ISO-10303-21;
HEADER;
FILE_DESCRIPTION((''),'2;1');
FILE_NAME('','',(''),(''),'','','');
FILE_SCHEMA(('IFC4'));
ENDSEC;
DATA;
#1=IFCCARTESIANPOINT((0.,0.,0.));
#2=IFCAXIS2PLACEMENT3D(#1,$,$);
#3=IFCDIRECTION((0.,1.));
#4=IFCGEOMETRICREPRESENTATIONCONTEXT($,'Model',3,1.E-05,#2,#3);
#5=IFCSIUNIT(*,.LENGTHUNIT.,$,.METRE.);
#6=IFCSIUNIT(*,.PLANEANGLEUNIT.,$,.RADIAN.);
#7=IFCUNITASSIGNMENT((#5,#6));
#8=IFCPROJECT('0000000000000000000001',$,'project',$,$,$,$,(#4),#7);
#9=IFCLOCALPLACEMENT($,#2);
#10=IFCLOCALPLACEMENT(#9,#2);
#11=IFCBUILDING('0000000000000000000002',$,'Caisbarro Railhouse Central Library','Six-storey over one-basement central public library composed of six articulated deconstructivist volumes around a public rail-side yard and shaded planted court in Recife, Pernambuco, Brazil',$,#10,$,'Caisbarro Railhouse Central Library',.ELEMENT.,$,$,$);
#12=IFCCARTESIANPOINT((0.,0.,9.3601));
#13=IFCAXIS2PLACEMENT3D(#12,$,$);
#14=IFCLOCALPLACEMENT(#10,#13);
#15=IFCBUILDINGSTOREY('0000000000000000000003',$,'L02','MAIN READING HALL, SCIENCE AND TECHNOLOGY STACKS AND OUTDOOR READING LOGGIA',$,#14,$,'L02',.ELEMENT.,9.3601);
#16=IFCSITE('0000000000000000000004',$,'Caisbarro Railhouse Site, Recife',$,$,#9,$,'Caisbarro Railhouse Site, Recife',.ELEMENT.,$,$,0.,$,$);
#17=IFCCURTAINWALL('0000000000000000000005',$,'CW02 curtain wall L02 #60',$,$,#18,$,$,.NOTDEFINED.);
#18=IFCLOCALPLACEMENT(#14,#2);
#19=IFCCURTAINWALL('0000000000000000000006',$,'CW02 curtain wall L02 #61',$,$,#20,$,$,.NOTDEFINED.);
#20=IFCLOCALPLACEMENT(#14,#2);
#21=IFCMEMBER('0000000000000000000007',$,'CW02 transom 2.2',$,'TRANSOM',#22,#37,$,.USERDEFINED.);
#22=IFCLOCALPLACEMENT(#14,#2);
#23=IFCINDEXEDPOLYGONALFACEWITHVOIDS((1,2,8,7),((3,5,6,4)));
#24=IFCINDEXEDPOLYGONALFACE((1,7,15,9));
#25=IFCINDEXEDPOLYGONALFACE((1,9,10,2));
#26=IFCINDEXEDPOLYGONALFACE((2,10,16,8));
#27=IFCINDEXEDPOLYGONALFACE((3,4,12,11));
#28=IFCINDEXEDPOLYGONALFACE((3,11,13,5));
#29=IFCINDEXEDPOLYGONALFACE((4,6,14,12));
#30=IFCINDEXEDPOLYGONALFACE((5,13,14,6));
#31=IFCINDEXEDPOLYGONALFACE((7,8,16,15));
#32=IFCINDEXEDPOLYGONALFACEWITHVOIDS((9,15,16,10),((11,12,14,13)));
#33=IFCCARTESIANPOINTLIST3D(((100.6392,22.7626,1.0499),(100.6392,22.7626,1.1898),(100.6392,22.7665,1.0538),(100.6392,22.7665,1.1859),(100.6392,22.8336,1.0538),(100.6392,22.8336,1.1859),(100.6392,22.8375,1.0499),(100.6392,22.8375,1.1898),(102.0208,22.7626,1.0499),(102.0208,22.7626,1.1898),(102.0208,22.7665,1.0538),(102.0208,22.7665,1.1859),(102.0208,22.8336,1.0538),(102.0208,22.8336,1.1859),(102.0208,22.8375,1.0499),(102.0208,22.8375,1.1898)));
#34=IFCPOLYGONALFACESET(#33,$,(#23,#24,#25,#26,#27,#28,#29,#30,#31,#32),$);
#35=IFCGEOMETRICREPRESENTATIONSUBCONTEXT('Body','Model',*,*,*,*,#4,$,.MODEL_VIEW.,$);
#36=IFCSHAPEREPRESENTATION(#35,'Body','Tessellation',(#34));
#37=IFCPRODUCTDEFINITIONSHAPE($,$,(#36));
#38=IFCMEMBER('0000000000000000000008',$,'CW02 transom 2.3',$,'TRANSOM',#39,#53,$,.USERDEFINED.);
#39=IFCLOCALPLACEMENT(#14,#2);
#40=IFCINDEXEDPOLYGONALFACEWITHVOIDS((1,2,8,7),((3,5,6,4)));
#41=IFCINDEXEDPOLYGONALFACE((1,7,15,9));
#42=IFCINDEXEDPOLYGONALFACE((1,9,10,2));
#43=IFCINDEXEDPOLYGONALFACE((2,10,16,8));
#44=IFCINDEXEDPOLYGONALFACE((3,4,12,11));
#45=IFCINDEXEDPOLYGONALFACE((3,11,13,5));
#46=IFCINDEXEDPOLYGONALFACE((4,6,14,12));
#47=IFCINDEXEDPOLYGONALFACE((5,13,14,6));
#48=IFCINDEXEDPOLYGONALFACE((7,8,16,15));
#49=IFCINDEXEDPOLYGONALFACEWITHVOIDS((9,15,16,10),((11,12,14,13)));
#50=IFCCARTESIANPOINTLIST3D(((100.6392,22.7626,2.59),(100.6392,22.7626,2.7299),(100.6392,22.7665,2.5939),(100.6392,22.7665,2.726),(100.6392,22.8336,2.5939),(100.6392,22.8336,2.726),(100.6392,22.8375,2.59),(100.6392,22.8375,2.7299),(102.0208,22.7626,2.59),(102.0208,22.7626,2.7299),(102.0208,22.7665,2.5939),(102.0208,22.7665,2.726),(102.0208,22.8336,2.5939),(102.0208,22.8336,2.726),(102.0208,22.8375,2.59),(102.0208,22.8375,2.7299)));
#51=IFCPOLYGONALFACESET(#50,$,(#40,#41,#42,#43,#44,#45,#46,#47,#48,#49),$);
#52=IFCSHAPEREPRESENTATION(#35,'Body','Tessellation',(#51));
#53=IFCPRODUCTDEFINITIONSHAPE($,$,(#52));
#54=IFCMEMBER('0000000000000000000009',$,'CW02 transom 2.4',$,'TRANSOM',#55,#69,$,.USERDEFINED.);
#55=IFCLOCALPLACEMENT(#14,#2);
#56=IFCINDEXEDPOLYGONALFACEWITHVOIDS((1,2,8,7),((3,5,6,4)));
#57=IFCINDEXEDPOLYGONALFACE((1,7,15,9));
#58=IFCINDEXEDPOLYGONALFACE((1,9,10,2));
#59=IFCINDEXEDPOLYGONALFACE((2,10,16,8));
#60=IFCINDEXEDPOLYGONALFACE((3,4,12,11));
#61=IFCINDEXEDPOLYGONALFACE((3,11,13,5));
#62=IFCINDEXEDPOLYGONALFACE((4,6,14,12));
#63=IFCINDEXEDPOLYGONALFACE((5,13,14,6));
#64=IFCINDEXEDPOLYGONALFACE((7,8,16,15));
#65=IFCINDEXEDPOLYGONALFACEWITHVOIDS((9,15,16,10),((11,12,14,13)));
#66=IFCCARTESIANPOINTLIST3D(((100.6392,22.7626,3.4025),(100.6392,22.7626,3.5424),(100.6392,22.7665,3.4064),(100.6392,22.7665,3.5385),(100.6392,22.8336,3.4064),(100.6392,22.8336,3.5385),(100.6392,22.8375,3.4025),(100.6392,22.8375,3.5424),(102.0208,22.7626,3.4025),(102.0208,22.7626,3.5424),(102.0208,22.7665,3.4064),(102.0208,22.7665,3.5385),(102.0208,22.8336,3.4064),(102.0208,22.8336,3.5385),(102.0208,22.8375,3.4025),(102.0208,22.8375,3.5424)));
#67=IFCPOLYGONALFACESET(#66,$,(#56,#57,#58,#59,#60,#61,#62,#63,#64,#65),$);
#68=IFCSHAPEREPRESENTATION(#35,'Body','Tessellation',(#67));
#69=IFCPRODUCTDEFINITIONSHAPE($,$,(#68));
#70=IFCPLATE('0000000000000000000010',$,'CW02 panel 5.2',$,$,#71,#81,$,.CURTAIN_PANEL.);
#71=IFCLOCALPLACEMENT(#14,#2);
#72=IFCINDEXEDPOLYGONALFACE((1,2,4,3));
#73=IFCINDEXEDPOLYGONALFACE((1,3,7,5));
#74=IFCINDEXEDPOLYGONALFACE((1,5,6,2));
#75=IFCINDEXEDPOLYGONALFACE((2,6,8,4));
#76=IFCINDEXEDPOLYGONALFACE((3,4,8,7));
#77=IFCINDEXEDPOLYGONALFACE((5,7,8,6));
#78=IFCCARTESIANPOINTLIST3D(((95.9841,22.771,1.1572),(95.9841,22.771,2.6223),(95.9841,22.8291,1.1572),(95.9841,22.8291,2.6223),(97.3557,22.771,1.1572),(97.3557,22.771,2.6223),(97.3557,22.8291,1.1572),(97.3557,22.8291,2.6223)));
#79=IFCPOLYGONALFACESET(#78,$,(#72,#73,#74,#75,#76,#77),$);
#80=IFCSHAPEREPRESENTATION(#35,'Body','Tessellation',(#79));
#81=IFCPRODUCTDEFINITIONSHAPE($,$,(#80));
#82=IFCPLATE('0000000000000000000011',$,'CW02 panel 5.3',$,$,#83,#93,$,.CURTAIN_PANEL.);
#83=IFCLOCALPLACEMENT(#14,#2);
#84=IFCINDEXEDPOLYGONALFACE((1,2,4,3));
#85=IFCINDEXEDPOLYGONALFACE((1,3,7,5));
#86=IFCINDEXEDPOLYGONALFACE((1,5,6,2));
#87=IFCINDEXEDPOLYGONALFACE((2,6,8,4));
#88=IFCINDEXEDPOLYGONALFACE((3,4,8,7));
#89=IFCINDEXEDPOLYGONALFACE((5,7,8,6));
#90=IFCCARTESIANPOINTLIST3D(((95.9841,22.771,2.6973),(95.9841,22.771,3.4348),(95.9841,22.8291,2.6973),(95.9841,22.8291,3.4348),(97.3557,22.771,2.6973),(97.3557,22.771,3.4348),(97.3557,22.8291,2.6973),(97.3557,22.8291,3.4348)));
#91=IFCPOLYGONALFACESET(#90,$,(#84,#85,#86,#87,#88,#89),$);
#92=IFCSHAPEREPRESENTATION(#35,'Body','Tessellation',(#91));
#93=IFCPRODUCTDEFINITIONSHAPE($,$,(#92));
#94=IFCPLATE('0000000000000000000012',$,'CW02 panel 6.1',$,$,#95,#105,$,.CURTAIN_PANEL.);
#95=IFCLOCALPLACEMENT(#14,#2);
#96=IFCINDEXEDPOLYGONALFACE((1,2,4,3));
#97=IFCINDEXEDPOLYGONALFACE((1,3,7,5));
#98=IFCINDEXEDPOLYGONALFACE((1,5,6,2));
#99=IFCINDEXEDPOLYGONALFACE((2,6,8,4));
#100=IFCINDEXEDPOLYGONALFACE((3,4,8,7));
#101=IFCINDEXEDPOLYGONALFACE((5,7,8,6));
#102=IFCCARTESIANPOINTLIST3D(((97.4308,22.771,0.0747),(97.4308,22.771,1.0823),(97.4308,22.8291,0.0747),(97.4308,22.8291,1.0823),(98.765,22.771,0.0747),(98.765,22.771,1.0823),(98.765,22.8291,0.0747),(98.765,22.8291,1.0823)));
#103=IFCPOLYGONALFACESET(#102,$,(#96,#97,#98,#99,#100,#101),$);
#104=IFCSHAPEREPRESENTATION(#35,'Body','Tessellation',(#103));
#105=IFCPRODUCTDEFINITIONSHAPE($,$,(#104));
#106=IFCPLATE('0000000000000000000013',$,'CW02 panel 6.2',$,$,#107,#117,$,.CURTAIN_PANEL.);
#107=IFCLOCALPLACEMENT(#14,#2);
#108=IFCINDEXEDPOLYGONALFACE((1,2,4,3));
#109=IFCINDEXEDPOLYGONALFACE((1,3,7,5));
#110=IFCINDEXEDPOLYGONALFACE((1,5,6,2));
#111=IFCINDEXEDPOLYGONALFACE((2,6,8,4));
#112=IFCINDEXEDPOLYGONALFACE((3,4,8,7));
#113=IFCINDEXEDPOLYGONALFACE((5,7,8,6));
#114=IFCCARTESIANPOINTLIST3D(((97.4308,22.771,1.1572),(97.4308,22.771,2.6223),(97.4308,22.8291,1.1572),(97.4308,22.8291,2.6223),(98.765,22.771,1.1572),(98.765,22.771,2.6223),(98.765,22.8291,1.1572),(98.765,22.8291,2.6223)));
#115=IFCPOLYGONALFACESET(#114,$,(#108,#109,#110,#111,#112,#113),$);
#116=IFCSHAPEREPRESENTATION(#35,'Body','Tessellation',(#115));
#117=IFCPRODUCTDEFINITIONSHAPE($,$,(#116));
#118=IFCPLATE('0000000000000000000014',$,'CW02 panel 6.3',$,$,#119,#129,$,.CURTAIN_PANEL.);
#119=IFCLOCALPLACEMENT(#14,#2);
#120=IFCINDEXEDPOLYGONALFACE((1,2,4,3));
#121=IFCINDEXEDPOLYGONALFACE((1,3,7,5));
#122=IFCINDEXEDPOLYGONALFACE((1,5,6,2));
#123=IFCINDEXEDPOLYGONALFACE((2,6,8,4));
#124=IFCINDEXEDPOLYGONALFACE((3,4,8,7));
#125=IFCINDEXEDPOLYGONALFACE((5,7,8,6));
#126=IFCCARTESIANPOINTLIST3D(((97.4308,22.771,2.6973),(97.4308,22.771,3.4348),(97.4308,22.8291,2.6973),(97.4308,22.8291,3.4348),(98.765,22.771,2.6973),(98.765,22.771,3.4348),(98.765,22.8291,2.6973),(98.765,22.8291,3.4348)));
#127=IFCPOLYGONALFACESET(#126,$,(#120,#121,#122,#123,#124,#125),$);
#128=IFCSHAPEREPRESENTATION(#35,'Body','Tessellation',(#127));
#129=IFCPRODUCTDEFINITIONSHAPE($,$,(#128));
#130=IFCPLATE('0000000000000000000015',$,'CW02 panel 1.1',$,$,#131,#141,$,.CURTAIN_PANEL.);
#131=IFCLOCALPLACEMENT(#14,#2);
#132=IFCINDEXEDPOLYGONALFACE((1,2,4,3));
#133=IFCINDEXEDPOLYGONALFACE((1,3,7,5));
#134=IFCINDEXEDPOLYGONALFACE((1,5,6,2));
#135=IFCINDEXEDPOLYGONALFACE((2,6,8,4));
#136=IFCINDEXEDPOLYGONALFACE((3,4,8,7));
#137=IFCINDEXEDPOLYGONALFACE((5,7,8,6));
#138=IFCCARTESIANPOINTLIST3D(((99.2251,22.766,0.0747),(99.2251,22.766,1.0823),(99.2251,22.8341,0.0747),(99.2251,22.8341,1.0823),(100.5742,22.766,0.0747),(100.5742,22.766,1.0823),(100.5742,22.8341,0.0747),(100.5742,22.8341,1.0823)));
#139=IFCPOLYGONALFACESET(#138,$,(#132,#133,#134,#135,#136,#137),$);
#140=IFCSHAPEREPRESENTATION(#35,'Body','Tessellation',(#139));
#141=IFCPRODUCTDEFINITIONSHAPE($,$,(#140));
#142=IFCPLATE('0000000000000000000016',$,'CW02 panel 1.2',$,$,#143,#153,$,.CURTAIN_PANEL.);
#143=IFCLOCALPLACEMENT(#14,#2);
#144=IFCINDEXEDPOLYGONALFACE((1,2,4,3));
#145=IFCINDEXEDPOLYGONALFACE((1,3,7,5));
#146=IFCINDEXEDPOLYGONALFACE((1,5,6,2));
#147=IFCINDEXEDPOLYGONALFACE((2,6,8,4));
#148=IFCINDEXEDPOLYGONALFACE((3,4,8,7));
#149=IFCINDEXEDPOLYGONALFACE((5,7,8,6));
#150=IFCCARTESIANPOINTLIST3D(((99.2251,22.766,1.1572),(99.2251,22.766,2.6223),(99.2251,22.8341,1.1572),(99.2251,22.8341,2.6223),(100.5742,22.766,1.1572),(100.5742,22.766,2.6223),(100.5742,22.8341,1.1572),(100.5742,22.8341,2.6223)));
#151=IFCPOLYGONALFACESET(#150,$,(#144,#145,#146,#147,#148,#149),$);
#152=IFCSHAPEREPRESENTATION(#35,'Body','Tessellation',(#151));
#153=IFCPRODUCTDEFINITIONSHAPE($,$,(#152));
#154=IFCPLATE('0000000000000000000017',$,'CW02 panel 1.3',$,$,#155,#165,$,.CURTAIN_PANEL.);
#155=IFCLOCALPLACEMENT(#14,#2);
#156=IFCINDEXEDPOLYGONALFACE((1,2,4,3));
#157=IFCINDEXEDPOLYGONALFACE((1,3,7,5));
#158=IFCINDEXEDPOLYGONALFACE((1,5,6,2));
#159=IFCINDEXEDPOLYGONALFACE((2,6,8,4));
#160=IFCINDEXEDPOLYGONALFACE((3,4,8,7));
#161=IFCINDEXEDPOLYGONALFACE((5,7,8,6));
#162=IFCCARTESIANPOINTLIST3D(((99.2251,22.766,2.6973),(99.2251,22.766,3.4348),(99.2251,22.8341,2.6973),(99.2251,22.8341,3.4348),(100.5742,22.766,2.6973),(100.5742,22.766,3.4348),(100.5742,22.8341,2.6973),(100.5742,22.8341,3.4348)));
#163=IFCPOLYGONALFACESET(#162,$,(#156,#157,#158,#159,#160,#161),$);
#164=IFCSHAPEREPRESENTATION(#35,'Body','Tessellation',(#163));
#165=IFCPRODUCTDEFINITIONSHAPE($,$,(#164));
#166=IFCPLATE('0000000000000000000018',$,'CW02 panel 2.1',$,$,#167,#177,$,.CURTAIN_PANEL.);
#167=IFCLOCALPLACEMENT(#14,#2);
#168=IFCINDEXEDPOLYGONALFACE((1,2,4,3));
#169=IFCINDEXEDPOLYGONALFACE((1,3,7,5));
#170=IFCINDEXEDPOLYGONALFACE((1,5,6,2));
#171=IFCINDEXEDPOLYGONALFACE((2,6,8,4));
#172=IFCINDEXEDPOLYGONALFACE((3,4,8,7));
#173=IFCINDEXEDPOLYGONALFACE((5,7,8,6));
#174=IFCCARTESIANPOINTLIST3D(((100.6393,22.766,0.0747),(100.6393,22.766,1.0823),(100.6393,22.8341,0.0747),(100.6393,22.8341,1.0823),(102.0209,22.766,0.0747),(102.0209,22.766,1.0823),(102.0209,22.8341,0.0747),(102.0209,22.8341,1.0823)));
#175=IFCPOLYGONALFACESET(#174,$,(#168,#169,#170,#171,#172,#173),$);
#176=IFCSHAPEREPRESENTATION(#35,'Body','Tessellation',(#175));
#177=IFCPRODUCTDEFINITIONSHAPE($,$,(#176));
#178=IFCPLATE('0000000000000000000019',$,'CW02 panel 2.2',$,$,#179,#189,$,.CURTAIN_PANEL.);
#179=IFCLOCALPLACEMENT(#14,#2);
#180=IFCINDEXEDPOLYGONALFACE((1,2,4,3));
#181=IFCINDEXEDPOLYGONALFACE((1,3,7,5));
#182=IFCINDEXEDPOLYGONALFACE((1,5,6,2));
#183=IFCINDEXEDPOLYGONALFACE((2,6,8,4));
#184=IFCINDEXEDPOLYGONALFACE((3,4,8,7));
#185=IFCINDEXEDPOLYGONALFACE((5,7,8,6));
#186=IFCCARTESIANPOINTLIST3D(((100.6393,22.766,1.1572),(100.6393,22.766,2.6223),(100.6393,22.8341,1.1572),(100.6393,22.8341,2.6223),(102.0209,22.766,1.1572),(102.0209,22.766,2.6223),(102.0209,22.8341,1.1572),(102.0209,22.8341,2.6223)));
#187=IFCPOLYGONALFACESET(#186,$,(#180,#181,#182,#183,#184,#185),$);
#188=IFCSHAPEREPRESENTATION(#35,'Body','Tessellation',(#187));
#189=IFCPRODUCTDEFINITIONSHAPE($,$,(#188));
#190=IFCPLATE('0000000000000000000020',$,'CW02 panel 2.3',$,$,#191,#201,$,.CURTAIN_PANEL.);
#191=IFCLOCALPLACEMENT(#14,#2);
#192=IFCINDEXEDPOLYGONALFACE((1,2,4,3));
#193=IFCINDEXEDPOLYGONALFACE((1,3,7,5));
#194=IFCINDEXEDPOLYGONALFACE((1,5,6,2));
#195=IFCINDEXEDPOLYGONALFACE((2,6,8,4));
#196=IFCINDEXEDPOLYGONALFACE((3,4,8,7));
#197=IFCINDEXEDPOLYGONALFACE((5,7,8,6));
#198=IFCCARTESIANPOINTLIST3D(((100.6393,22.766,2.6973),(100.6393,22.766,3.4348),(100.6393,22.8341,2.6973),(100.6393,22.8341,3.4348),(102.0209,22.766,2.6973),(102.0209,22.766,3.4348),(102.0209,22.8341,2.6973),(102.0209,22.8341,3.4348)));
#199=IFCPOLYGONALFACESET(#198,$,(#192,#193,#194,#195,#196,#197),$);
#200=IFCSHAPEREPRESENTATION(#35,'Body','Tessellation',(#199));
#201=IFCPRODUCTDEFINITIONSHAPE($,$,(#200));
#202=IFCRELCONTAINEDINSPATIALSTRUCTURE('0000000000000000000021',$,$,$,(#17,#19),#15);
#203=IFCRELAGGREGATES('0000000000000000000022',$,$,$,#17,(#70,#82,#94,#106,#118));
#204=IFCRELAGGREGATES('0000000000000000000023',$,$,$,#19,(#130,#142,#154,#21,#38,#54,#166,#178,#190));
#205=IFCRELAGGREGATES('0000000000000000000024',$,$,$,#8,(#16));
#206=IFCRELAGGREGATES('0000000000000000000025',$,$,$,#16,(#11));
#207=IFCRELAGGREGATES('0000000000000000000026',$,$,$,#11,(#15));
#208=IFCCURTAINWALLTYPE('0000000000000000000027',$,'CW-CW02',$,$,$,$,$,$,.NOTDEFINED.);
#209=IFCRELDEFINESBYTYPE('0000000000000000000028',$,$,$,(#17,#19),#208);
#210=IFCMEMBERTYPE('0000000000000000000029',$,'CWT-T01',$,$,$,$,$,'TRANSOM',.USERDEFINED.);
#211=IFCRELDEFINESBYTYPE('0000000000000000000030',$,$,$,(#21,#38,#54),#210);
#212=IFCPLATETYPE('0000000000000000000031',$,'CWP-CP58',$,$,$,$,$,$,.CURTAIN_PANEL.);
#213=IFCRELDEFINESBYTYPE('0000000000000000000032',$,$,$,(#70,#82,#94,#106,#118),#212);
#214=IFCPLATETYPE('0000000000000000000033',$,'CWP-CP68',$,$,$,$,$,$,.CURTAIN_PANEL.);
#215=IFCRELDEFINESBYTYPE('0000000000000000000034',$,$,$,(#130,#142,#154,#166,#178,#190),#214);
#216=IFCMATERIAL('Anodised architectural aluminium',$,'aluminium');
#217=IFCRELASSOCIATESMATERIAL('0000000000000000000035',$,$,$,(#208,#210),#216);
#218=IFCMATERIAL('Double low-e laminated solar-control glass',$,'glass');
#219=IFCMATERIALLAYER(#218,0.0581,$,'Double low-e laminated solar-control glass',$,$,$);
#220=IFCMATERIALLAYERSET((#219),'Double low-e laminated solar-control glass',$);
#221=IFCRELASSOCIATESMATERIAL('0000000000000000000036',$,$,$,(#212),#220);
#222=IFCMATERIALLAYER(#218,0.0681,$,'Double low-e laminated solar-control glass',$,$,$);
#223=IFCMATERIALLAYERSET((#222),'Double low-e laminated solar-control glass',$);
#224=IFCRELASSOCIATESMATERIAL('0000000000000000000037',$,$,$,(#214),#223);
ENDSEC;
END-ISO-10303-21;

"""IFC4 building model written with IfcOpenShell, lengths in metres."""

from ifc_helpers import new_model, si_unit, direction, frame, origin, origin_2d, place, context, subcontext, project, spatial, rectangle, hollow_rectangle, extrude, material, layer, layer_set, material_profile, profile_set, type_object, element, aggregate, save


model = new_model("IFC4")

# Units and contexts
model_context = context("Model", 3, precision=1e-05, world=origin(), true_north=direction((0.0, 1.0)))
body_context = subcontext(model_context, "Body", "Model", "MODEL_VIEW")
ifc_project = project(units=[si_unit("LENGTHUNIT", "METRE"), si_unit("PLANEANGLEUNIT", "RADIAN")], contexts=[model_context])

# Site, building, storey
site_placement = place(None, origin())
site = spatial("IfcSite", under=ifc_project, at=site_placement, Name="Caisbarro Railhouse Site, Recife", LongName="Caisbarro Railhouse Site, Recife", CompositionType="ELEMENT", RefElevation=0.0)
building_placement = place(site_placement, origin())
building = spatial("IfcBuilding", under=site, at=building_placement, Name="Caisbarro Railhouse Central Library", Description="Six-storey over one-basement central public library composed of six articulated deconstructivist volumes around a public rail-side yard and shaded planted court in Recife, Pernambuco, Brazil", LongName="Caisbarro Railhouse Central Library", CompositionType="ELEMENT")
storey_placement = place(building_placement, frame((0.0, 0.0, 9.3601)))
storey = spatial("IfcBuildingStorey", under=building, at=storey_placement, Name="L02", Description="MAIN READING HALL, SCIENCE AND TECHNOLOGY STACKS AND OUTDOOR READING LOGGIA", LongName="L02", CompositionType="ELEMENT", Elevation=9.3601)

# Curtain walls
ifc_material_1 = material(Name="Anodised architectural aluminium", Category="aluminium")
curtain_wall_type = type_object("IfcCurtainWallType", Name="CW-CW02", PredefinedType="NOTDEFINED", material=ifc_material_1)
curtain_wall_1_placement = place(storey_placement, origin())
curtain_wall_1 = element("IfcCurtainWall", 1, at=curtain_wall_1_placement, inside=storey, type_object=curtain_wall_type, Name="CW02 curtain wall L02 #60", PredefinedType="NOTDEFINED")
curtain_wall_2_placement = place(storey_placement, origin())
curtain_wall_2 = element("IfcCurtainWall", 2, at=curtain_wall_2_placement, inside=storey, type_object=curtain_wall_type, Name="CW02 curtain wall L02 #61", PredefinedType="NOTDEFINED")

# Members
ifc_material_profile_1 = material_profile(ifc_material_1, hollow_rectangle(XDim=0.075, YDim=0.1399, WallThickness=0.0039, at=origin_2d()), Name="ALU-TRN-75X140")
ifc_profile_set_1 = profile_set([ifc_material_profile_1], Name="Anodised architectural aluminium")
member_type_1 = type_object("IfcMemberType", Name="CWT-T01", ElementType="TRANSOM", PredefinedType="USERDEFINED", material=ifc_profile_set_1)
member_1_placement = place(storey_placement, frame((100.6392, 22.8, 1.1199), z_axis=(1.0, 0.0, 0.0), x_axis=(0.0, 1.0, 0.0)))
member_1 = element("IfcMember", 3, at=member_1_placement, type_object=member_type_1, Name="CW02 transom 2.2", ObjectType="TRANSOM", PredefinedType="USERDEFINED", context=body_context, shape_type="SweptSolid", body=[
    extrude(hollow_rectangle(XDim=0.075, YDim=0.1399, WallThickness=0.0039, at=origin_2d()), origin(), (0.0, 0.0, 1.0), 1.3816),
])
member_2_placement = place(storey_placement, frame((100.6392, 22.8, 2.6599), z_axis=(1.0, 0.0, 0.0), x_axis=(0.0, 1.0, 0.0)))
member_2 = element("IfcMember", 4, at=member_2_placement, type_object=member_type_1, Name="CW02 transom 2.3", ObjectType="TRANSOM", PredefinedType="USERDEFINED", context=body_context, shape_type="SweptSolid", body=[
    extrude(hollow_rectangle(XDim=0.075, YDim=0.1399, WallThickness=0.0039, at=origin_2d()), origin(), (0.0, 0.0, 1.0), 1.3816),
])
member_3_placement = place(storey_placement, frame((100.6392, 22.8, 3.4724), z_axis=(1.0, 0.0, 0.0), x_axis=(0.0, 1.0, 0.0)))
member_3 = element("IfcMember", 5, at=member_3_placement, type_object=member_type_1, Name="CW02 transom 2.4", ObjectType="TRANSOM", PredefinedType="USERDEFINED", context=body_context, shape_type="SweptSolid", body=[
    extrude(hollow_rectangle(XDim=0.075, YDim=0.1399, WallThickness=0.0039, at=origin_2d()), origin(), (0.0, 0.0, 1.0), 1.3816),
])

# Plates
ifc_material_2 = material(Name="Double low-e laminated solar-control glass", Category="glass")
ifc_layer_1 = layer(ifc_material_2, 0.0581, Name="Double low-e laminated solar-control glass")
ifc_layer_set_1 = layer_set([ifc_layer_1], Name="Double low-e laminated solar-control glass")
plate_type_1 = type_object("IfcPlateType", Name="CWP-CP58", PredefinedType="CURTAIN_PANEL", material=ifc_layer_set_1)
plate_1_placement = place(storey_placement, frame((96.6699, 22.8, 1.1572), z_axis=(0.0, 0.0, 1.0), x_axis=(1.0, 0.0, 0.0)))
plate_1 = element("IfcPlate", 6, at=plate_1_placement, type_object=plate_type_1, Name="CW02 panel 5.2", PredefinedType="CURTAIN_PANEL", context=body_context, shape_type="SweptSolid", body=[
    extrude(rectangle(XDim=1.3716, YDim=0.0581, at=origin_2d()), origin(), (0.0, 0.0, 1.0), 1.4651),
])
plate_2_placement = place(storey_placement, frame((96.6699, 22.8, 2.6973), z_axis=(0.0, 0.0, 1.0), x_axis=(1.0, 0.0, 0.0)))
plate_2 = element("IfcPlate", 7, at=plate_2_placement, type_object=plate_type_1, Name="CW02 panel 5.3", PredefinedType="CURTAIN_PANEL", context=body_context, shape_type="SweptSolid", body=[
    extrude(rectangle(XDim=1.3716, YDim=0.0581, at=origin_2d()), origin(), (0.0, 0.0, 1.0), 0.7375),
])
plate_3_placement = place(storey_placement, frame((98.0979, 22.8, 0.0747), z_axis=(0.0, 0.0, 1.0), x_axis=(1.0, 0.0, 0.0)))
plate_3 = element("IfcPlate", 8, at=plate_3_placement, type_object=plate_type_1, Name="CW02 panel 6.1", PredefinedType="CURTAIN_PANEL", context=body_context, shape_type="SweptSolid", body=[
    extrude(rectangle(XDim=1.3342, YDim=0.0581, at=origin_2d()), origin(), (0.0, 0.0, 1.0), 1.0076),
])
plate_4_placement = place(storey_placement, frame((98.0979, 22.8, 1.1572), z_axis=(0.0, 0.0, 1.0), x_axis=(1.0, 0.0, 0.0)))
plate_4 = element("IfcPlate", 9, at=plate_4_placement, type_object=plate_type_1, Name="CW02 panel 6.2", PredefinedType="CURTAIN_PANEL", context=body_context, shape_type="SweptSolid", body=[
    extrude(rectangle(XDim=1.3342, YDim=0.0581, at=origin_2d()), origin(), (0.0, 0.0, 1.0), 1.4651),
])
plate_5_placement = place(storey_placement, frame((98.0979, 22.8, 2.6973), z_axis=(0.0, 0.0, 1.0), x_axis=(1.0, 0.0, 0.0)))
plate_5 = element("IfcPlate", 10, at=plate_5_placement, type_object=plate_type_1, Name="CW02 panel 6.3", PredefinedType="CURTAIN_PANEL", context=body_context, shape_type="SweptSolid", body=[
    extrude(rectangle(XDim=1.3342, YDim=0.0581, at=origin_2d()), origin(), (0.0, 0.0, 1.0), 0.7375),
])
aggregate(curtain_wall_1, [plate_1, plate_2, plate_3, plate_4, plate_5])
ifc_layer_2 = layer(ifc_material_2, 0.0681, Name="Double low-e laminated solar-control glass")
ifc_layer_set_2 = layer_set([ifc_layer_2], Name="Double low-e laminated solar-control glass")
plate_type_2 = type_object("IfcPlateType", Name="CWP-CP68", PredefinedType="CURTAIN_PANEL", material=ifc_layer_set_2)
plate_6_placement = place(storey_placement, frame((99.8997, 22.8, 0.0747), z_axis=(0.0, 0.0, 1.0), x_axis=(1.0, 0.0, 0.0)))
plate_6 = element("IfcPlate", 11, at=plate_6_placement, type_object=plate_type_2, Name="CW02 panel 1.1", PredefinedType="CURTAIN_PANEL", context=body_context, shape_type="SweptSolid", body=[
    extrude(rectangle(XDim=1.3491, YDim=0.0681, at=origin_2d()), origin(), (0.0, 0.0, 1.0), 1.0076),
])
plate_7_placement = place(storey_placement, frame((99.8997, 22.8, 1.1572), z_axis=(0.0, 0.0, 1.0), x_axis=(1.0, 0.0, 0.0)))
plate_7 = element("IfcPlate", 12, at=plate_7_placement, type_object=plate_type_2, Name="CW02 panel 1.2", PredefinedType="CURTAIN_PANEL", context=body_context, shape_type="SweptSolid", body=[
    extrude(rectangle(XDim=1.3491, YDim=0.0681, at=origin_2d()), origin(), (0.0, 0.0, 1.0), 1.4651),
])
plate_8_placement = place(storey_placement, frame((99.8997, 22.8, 2.6973), z_axis=(0.0, 0.0, 1.0), x_axis=(1.0, 0.0, 0.0)))
plate_8 = element("IfcPlate", 13, at=plate_8_placement, type_object=plate_type_2, Name="CW02 panel 1.3", PredefinedType="CURTAIN_PANEL", context=body_context, shape_type="SweptSolid", body=[
    extrude(rectangle(XDim=1.3491, YDim=0.0681, at=origin_2d()), origin(), (0.0, 0.0, 1.0), 0.7375),
])
plate_9_placement = place(storey_placement, frame((101.3301, 22.8, 0.0747), z_axis=(0.0, 0.0, 1.0), x_axis=(1.0, 0.0, 0.0)))
plate_9 = element("IfcPlate", 14, at=plate_9_placement, type_object=plate_type_2, Name="CW02 panel 2.1", PredefinedType="CURTAIN_PANEL", context=body_context, shape_type="SweptSolid", body=[
    extrude(rectangle(XDim=1.3816, YDim=0.0681, at=origin_2d()), origin(), (0.0, 0.0, 1.0), 1.0076),
])
plate_10_placement = place(storey_placement, frame((101.3301, 22.8, 1.1572), z_axis=(0.0, 0.0, 1.0), x_axis=(1.0, 0.0, 0.0)))
plate_10 = element("IfcPlate", 15, at=plate_10_placement, type_object=plate_type_2, Name="CW02 panel 2.2", PredefinedType="CURTAIN_PANEL", context=body_context, shape_type="SweptSolid", body=[
    extrude(rectangle(XDim=1.3816, YDim=0.0681, at=origin_2d()), origin(), (0.0, 0.0, 1.0), 1.4651),
])
plate_11_placement = place(storey_placement, frame((101.3301, 22.8, 2.6973), z_axis=(0.0, 0.0, 1.0), x_axis=(1.0, 0.0, 0.0)))
plate_11 = element("IfcPlate", 16, at=plate_11_placement, type_object=plate_type_2, Name="CW02 panel 2.3", PredefinedType="CURTAIN_PANEL", context=body_context, shape_type="SweptSolid", body=[
    extrude(rectangle(XDim=1.3816, YDim=0.0681, at=origin_2d()), origin(), (0.0, 0.0, 1.0), 0.7375),
])
aggregate(curtain_wall_2, [plate_6, plate_7, plate_8, member_1, member_2, member_3, plate_9, plate_10, plate_11])

save(model, "model.ifc")
